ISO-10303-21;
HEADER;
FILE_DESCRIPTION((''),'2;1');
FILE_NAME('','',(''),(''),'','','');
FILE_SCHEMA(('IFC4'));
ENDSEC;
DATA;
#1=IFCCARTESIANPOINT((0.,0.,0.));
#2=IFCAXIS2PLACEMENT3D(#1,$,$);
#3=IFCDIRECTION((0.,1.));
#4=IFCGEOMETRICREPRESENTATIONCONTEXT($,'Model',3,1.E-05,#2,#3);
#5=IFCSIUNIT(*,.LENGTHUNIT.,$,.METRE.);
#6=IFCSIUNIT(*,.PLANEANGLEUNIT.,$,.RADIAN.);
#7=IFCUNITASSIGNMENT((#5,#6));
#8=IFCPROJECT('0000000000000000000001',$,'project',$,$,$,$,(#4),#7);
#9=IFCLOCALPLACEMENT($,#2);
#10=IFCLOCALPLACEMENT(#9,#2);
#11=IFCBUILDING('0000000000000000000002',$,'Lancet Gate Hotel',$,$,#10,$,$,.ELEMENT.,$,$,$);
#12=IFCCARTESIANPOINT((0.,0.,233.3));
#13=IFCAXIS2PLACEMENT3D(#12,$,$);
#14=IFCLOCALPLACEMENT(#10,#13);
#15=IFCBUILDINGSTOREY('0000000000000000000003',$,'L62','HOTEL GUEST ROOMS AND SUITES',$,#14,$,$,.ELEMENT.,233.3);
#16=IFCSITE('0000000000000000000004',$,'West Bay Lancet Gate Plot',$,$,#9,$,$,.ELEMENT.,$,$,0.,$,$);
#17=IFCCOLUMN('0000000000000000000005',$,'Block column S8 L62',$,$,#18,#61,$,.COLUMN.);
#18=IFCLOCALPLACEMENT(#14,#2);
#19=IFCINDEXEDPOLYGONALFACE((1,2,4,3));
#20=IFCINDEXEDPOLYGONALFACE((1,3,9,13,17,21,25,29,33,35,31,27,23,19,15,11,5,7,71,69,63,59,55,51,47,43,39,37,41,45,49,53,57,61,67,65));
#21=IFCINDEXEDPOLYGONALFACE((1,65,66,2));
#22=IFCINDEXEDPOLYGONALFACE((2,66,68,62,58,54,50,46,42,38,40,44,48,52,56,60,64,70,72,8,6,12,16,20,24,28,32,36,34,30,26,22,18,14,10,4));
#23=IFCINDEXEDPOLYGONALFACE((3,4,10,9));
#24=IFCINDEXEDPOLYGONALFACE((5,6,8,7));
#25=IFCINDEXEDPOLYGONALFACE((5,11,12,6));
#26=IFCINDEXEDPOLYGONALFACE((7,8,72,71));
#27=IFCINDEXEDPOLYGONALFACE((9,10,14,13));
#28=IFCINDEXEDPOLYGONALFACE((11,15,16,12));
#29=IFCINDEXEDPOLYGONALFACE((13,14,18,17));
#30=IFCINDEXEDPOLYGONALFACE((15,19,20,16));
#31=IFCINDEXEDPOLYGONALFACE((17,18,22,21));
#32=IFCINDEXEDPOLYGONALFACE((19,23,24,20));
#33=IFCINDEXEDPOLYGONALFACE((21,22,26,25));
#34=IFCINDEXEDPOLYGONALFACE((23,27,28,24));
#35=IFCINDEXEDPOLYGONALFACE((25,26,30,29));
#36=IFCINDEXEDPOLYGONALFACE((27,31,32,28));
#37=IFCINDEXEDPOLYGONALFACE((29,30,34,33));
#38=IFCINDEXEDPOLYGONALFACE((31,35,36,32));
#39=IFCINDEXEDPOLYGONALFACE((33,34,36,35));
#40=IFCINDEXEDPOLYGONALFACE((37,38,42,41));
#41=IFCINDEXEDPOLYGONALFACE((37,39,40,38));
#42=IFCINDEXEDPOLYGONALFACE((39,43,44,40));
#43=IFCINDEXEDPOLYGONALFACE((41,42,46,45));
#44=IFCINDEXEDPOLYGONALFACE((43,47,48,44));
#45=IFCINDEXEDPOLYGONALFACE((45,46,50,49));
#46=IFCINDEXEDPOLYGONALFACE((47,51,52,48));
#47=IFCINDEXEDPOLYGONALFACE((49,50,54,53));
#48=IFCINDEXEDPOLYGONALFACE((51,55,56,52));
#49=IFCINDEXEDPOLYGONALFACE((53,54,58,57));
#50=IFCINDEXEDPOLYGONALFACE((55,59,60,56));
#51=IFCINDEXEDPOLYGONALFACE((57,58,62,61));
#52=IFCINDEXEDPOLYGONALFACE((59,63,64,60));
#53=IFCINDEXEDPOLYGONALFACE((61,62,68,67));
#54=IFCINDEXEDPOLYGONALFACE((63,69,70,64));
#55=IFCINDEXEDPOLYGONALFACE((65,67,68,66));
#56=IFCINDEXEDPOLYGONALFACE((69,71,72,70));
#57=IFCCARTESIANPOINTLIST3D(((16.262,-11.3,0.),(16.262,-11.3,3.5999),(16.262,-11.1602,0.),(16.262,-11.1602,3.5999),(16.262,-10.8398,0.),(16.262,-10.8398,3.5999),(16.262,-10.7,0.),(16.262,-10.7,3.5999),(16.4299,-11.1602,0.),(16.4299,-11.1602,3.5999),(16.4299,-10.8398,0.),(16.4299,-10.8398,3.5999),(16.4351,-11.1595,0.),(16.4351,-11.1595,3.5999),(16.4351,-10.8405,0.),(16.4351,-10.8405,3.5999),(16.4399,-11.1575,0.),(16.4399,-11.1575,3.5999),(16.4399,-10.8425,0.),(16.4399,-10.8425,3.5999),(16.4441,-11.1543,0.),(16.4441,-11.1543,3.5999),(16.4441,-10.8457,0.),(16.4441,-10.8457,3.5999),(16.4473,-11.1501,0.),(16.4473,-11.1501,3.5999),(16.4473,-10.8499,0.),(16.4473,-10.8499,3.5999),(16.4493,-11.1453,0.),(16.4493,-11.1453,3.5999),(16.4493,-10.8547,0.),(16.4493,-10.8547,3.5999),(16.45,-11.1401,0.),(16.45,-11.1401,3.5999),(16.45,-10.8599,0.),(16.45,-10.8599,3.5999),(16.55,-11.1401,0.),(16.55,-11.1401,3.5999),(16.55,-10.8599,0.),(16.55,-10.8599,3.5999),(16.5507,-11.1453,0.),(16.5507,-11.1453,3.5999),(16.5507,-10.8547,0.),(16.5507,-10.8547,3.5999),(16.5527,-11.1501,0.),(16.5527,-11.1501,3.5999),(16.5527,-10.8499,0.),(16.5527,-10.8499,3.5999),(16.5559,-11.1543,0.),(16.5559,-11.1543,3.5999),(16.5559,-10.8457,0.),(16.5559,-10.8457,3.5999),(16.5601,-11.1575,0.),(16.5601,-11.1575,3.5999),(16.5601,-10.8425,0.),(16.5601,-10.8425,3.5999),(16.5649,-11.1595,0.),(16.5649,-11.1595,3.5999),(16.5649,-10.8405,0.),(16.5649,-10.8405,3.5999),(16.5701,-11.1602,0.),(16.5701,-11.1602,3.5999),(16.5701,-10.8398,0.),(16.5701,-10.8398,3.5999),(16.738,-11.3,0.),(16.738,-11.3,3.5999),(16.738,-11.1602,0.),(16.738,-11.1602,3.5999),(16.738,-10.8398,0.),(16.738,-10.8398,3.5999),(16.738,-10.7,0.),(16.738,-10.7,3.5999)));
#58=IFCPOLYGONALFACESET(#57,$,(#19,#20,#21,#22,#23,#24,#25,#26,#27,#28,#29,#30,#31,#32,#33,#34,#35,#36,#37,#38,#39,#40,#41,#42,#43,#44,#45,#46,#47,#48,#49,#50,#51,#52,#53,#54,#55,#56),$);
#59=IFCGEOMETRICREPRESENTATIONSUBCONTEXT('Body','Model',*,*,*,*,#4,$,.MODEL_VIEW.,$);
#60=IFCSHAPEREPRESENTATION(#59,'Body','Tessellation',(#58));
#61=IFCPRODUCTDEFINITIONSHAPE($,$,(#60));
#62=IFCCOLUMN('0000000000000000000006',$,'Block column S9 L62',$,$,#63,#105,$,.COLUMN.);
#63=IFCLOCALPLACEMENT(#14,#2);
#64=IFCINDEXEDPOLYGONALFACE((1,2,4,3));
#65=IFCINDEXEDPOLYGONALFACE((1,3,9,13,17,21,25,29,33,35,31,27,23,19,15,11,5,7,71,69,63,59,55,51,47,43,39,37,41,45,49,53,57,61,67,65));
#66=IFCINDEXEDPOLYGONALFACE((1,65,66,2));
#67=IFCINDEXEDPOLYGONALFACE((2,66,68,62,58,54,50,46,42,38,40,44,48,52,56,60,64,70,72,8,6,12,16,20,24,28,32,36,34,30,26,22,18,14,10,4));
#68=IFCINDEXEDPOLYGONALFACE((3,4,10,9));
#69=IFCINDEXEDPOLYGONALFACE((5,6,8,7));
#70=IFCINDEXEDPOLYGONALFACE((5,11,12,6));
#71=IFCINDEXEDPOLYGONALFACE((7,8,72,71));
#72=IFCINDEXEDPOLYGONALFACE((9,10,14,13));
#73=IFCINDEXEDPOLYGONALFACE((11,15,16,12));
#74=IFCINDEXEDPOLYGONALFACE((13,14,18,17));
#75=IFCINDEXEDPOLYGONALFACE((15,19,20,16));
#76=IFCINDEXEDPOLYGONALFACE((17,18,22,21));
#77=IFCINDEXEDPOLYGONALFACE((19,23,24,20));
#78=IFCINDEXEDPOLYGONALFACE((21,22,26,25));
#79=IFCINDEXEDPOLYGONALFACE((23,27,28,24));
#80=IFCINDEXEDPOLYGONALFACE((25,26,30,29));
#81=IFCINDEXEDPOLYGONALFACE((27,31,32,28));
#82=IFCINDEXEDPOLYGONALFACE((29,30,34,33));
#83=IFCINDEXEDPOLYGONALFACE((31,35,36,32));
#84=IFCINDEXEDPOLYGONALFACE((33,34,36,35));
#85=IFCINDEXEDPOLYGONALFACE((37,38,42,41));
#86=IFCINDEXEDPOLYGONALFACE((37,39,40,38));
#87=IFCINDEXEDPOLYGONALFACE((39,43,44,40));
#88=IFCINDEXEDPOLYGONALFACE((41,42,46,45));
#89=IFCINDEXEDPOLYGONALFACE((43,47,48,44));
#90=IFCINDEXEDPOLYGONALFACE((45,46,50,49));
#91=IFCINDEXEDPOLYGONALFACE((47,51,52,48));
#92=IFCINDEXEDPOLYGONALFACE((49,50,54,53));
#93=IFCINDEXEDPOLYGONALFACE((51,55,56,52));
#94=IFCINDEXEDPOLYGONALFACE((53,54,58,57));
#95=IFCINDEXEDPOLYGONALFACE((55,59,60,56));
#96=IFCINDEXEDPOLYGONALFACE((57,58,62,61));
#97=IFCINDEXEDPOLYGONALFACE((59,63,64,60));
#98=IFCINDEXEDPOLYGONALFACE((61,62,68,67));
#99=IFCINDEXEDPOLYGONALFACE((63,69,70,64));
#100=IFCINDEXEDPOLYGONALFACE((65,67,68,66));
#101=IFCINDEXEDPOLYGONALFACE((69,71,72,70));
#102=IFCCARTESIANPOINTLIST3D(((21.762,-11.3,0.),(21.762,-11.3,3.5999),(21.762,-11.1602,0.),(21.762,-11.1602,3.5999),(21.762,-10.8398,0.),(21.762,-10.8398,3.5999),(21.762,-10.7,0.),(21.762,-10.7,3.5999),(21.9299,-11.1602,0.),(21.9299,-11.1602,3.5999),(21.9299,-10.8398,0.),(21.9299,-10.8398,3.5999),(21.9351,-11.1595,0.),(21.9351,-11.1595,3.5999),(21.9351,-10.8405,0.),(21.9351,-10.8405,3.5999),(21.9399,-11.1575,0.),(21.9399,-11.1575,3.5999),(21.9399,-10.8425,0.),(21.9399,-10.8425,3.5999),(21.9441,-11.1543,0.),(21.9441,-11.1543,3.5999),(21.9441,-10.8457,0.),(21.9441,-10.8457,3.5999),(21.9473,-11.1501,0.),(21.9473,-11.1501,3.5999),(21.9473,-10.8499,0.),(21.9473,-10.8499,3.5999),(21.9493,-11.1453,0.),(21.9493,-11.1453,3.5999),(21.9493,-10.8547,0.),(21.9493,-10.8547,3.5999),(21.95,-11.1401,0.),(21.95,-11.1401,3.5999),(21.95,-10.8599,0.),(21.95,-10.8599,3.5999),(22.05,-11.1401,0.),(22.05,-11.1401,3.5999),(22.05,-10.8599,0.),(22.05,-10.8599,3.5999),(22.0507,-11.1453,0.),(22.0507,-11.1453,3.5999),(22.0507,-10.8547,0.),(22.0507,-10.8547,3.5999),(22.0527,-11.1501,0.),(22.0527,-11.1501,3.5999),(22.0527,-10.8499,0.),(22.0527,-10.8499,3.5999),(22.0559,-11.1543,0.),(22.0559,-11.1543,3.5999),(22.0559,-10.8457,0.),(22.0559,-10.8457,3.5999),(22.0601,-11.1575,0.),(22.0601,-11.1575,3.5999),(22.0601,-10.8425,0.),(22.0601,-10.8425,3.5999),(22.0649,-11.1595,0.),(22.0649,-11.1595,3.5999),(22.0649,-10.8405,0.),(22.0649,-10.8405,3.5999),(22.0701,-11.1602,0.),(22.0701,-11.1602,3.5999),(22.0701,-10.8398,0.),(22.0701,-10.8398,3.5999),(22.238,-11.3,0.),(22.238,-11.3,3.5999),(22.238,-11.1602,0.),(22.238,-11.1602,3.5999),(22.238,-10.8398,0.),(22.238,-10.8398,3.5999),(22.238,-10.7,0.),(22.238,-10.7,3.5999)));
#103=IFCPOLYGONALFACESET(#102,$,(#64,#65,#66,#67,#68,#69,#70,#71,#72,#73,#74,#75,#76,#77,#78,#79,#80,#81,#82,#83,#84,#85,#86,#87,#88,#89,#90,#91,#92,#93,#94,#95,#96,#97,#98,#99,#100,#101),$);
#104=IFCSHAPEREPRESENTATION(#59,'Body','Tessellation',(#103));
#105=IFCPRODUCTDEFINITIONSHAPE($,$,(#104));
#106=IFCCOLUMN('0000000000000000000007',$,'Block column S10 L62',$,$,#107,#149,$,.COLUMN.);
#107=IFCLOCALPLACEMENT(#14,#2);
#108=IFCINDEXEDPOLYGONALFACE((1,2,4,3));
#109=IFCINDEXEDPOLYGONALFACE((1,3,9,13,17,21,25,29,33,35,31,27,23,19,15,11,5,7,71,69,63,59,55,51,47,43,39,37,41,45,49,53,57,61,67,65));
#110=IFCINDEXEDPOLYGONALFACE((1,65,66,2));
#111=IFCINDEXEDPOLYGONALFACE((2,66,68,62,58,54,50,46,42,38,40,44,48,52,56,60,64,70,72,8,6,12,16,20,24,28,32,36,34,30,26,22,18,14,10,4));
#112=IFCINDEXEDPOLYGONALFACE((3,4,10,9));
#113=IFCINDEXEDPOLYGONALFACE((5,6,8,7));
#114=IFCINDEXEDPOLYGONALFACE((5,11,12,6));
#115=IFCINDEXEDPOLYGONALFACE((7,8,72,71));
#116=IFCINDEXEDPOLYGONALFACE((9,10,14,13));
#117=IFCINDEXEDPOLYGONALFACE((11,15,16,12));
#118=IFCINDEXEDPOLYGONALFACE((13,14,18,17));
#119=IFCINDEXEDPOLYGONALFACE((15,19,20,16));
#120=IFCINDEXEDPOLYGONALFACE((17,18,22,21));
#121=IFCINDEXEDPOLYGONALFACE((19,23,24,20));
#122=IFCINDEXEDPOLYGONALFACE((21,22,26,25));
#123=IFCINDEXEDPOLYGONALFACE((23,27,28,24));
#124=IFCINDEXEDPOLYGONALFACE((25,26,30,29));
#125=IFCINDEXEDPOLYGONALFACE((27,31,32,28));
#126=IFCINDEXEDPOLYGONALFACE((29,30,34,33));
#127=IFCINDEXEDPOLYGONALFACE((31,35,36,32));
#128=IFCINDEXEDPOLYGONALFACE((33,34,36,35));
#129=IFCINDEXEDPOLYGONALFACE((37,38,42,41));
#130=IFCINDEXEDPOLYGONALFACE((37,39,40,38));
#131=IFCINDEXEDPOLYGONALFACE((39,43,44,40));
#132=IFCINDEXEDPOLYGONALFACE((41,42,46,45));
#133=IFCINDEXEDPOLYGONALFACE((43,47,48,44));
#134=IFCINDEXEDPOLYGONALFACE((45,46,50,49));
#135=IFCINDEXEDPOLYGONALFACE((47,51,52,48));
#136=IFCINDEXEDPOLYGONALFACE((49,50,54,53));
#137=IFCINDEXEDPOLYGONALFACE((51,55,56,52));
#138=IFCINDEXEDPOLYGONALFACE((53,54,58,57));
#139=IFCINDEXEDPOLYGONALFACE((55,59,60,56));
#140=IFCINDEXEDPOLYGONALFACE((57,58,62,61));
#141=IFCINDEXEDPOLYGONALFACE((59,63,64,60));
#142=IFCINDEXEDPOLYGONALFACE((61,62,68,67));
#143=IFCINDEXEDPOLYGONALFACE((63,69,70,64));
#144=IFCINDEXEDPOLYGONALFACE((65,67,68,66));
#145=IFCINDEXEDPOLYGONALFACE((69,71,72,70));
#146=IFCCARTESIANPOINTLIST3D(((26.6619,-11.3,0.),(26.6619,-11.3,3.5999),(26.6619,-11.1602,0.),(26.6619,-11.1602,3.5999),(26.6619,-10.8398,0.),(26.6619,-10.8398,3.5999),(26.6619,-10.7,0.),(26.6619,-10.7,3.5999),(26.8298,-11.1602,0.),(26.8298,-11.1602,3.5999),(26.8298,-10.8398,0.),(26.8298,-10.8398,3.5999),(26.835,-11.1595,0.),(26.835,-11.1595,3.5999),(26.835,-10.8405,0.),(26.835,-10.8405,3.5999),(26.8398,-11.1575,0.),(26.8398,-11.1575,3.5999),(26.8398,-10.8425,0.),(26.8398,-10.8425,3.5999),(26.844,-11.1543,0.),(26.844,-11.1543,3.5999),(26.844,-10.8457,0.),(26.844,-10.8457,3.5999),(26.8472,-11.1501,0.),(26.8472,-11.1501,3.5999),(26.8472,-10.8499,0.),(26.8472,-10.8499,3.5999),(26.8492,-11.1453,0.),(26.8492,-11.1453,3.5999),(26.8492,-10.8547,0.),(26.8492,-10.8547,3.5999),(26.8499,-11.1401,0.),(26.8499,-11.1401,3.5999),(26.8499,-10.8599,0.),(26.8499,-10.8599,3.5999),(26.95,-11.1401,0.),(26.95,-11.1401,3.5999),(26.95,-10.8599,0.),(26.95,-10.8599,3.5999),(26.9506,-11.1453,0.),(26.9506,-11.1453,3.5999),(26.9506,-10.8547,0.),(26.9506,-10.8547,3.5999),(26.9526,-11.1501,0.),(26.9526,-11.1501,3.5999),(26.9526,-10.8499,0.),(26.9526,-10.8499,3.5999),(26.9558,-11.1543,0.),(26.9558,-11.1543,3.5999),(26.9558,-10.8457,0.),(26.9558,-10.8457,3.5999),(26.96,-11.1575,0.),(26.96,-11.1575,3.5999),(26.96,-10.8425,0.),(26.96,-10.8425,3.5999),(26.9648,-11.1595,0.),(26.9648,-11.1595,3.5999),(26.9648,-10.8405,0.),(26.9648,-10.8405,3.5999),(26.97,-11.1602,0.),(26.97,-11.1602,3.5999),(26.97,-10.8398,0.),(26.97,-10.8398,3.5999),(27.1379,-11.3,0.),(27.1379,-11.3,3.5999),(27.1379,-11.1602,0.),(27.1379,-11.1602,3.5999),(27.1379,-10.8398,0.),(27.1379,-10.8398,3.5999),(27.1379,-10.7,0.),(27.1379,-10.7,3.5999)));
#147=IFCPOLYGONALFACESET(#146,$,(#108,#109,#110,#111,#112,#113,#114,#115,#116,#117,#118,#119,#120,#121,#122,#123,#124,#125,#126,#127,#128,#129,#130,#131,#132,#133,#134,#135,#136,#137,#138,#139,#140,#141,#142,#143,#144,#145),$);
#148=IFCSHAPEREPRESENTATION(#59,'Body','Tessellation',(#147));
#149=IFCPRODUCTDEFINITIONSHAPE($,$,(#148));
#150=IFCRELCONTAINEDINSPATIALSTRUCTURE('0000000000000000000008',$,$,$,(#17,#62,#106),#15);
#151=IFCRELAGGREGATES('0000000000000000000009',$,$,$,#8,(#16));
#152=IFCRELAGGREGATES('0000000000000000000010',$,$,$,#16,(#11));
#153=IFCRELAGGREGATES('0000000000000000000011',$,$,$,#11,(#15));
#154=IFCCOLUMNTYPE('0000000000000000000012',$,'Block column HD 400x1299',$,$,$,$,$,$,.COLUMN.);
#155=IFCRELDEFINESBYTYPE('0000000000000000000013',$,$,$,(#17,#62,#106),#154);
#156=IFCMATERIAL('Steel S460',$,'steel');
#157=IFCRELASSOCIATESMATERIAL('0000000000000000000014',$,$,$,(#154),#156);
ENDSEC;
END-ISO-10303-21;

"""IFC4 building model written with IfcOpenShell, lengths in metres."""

from ifc_helpers import new_model, si_unit, direction, frame, origin, origin_2d, place, context, subcontext, project, spatial, i_section, extrude, material, material_profile, profile_set, type_object, element, save


model = new_model("IFC4")

# Units and contexts
model_context = context("Model", 3, precision=1e-05, world=origin(), true_north=direction((0.0, 1.0)))
body_context = subcontext(model_context, "Body", "Model", "MODEL_VIEW")
ifc_project = project(units=[si_unit("LENGTHUNIT", "METRE"), si_unit("PLANEANGLEUNIT", "RADIAN")], contexts=[model_context])

# Site, building, storey
site_placement = place(None, origin())
site = spatial("IfcSite", under=ifc_project, at=site_placement, Name="West Bay Lancet Gate Plot", CompositionType="ELEMENT", RefElevation=0.0)
building_placement = place(site_placement, origin())
building = spatial("IfcBuilding", under=site, at=building_placement, Name="Lancet Gate Hotel", CompositionType="ELEMENT")
storey_placement = place(building_placement, frame((0.0, 0.0, 233.3)))
storey = spatial("IfcBuildingStorey", under=building, at=storey_placement, Name="L62", Description="HOTEL GUEST ROOMS AND SUITES", CompositionType="ELEMENT", Elevation=233.3)

# Columns
ifc_material_1 = material(Name="Steel S460", Category="steel")
ifc_material_profile_1 = material_profile(ifc_material_1, i_section(OverallWidth=0.4761, OverallDepth=0.6001, WebThickness=0.1001, FlangeThickness=0.1399, FilletRadius=0.02, at=origin_2d()), Name="HD 400x1299")
ifc_profile_set_1 = profile_set([ifc_material_profile_1], Name="Steel S460")
column_type_1 = type_object("IfcColumnType", Name="Block column HD 400x1299", PredefinedType="COLUMN", material=ifc_profile_set_1)
for number, where, z_axis, x_axis, name in (
    (1, (16.5, -11.0, 0.0), (0.0, 0.0, 1.0), (1.0, 0.0, 0.0), "Block column S8 L62"),
    (2, (22.0, -11.0, 0.0), (0.0, 0.0, 1.0), (1.0, 0.0, 0.0), "Block column S9 L62"),
    (3, (26.8999, -11.0, 0.0), (0.0, 0.0, 1.0), (1.0, 0.0, 0.0), "Block column S10 L62"),
):
    element("IfcColumn", number, at=place(storey_placement, frame(where, z_axis=z_axis, x_axis=x_axis)), inside=storey, type_object=column_type_1, Name=name, PredefinedType="COLUMN", context=body_context, shape_type="SweptSolid", body=[
        extrude(i_section(OverallWidth=0.4761, OverallDepth=0.6001, WebThickness=0.1001, FlangeThickness=0.1399, FilletRadius=0.02, at=origin_2d()), origin(), (0.0, 0.0, 1.0), 3.5999),
    ])

save(model, "model.ifc")
